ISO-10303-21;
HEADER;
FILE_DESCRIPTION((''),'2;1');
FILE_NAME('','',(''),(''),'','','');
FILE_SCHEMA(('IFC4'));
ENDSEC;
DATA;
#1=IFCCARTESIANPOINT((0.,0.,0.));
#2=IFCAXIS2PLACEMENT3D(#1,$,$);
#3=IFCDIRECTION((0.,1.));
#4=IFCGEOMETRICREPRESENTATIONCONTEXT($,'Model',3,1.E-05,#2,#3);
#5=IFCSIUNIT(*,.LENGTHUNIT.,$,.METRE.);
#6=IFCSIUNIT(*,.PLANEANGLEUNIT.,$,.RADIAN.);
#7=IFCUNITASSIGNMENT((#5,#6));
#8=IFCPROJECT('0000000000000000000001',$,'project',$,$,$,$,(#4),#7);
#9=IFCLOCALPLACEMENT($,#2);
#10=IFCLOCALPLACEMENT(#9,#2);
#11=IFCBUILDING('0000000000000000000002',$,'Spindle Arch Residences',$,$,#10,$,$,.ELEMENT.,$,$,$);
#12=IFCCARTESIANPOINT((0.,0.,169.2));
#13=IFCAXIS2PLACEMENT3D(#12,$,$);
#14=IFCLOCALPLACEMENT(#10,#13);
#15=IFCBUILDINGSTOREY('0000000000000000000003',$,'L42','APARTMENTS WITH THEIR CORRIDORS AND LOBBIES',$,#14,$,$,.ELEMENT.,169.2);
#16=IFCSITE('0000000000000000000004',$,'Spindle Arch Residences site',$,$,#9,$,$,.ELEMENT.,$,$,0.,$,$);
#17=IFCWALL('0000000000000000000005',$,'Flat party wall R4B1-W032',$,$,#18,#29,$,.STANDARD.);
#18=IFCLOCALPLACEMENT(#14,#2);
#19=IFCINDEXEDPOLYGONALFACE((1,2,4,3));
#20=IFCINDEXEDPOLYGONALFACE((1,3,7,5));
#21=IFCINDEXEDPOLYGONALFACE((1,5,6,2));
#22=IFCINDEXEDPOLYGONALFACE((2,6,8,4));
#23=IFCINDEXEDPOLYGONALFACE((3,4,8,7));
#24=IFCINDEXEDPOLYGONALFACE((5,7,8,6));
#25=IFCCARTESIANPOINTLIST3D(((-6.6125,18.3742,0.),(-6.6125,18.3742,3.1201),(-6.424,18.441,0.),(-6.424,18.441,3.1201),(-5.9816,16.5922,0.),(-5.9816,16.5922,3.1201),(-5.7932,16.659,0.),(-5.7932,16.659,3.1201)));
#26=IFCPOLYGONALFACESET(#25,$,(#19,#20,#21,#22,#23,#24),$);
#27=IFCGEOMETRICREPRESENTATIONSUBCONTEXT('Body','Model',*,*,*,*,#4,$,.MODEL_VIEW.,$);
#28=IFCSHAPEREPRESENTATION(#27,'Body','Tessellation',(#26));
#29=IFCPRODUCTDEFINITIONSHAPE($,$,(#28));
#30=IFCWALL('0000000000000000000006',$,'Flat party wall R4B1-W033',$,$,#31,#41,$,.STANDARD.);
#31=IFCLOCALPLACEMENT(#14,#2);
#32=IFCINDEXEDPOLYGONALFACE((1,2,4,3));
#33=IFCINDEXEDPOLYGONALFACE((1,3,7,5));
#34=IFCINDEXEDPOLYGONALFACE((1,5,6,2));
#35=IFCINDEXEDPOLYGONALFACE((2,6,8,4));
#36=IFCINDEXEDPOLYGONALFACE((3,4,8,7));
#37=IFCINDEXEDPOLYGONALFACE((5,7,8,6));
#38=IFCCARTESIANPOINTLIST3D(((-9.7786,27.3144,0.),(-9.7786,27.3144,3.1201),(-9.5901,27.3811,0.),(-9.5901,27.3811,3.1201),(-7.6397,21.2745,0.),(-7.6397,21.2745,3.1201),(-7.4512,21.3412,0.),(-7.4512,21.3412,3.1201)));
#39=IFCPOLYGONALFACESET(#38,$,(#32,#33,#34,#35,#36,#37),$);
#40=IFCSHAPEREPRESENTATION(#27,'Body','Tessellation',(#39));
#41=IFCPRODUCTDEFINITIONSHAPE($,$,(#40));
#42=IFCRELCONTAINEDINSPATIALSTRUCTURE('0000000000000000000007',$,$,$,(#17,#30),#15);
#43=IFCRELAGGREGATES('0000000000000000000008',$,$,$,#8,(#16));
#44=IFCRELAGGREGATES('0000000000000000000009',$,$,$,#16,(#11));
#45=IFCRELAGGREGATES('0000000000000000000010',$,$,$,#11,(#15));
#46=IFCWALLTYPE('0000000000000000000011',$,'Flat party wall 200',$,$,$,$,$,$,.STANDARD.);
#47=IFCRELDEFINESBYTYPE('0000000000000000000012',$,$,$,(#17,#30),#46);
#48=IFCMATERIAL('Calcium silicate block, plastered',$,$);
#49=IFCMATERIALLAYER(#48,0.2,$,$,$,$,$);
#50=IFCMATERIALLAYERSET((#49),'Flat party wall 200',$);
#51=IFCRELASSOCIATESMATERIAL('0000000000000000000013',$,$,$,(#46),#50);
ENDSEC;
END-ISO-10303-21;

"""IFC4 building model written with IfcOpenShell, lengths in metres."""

from ifc_helpers import new_model, si_unit, direction, frame, frame_2d, origin, place, context, subcontext, project, spatial, rectangle, extrude, material, layer, layer_set, type_object, element, save


model = new_model("IFC4")

# Units and contexts
model_context = context("Model", 3, precision=1e-05, world=origin(), true_north=direction((0.0, 1.0)))
body_context = subcontext(model_context, "Body", "Model", "MODEL_VIEW")
ifc_project = project(units=[si_unit("LENGTHUNIT", "METRE"), si_unit("PLANEANGLEUNIT", "RADIAN")], contexts=[model_context])

# Site, building, storey
site_placement = place(None, origin())
site = spatial("IfcSite", under=ifc_project, at=site_placement, Name="Spindle Arch Residences site", CompositionType="ELEMENT", RefElevation=0.0)
building_placement = place(site_placement, origin())
building = spatial("IfcBuilding", under=site, at=building_placement, Name="Spindle Arch Residences", CompositionType="ELEMENT")
storey_placement = place(building_placement, frame((0.0, 0.0, 169.2)))
storey = spatial("IfcBuildingStorey", under=building, at=storey_placement, Name="L42", Description="APARTMENTS WITH THEIR CORRIDORS AND LOBBIES", CompositionType="ELEMENT", Elevation=169.2)

# Walls
ifc_material_1 = material(Name="Calcium silicate block, plastered")
ifc_layer_1 = layer(ifc_material_1, 0.2)
ifc_layer_set_1 = layer_set([ifc_layer_1], Name="Flat party wall 200")
wall_type_1 = type_object("IfcWallType", Name="Flat party wall 200", PredefinedType="STANDARD", material=ifc_layer_set_1)
wall_1_placement = place(storey_placement, frame((-6.5183, 18.4077, 0.0), z_axis=(0.0, 0.0, 1.0), x_axis=(0.333725, -0.94267, 0.0)))
element("IfcWall", 1, at=wall_1_placement, inside=storey, type_object=wall_type_1, Name="Flat party wall R4B1-W032", PredefinedType="STANDARD", context=body_context, shape_type="SweptSolid", body=[
    extrude(rectangle(XDim=1.8904, YDim=0.2, at=frame_2d((0.9453, 0.0))), origin(), (0.0, 0.0, 1.0), 3.1201),
])
wall_2_placement = place(storey_placement, frame((-9.6843, 27.3477, 0.0), z_axis=(0.0, 0.0, 1.0), x_axis=(0.33381, -0.94264, 0.0)))
element("IfcWall", 2, at=wall_2_placement, inside=storey, type_object=wall_type_1, Name="Flat party wall R4B1-W033", PredefinedType="STANDARD", context=body_context, shape_type="SweptSolid", body=[
    extrude(rectangle(XDim=6.4075, YDim=0.2, at=frame_2d((3.2036, 0.0))), origin(), (0.0, 0.0, 1.0), 3.1201),
])

save(model, "model.ifc")
